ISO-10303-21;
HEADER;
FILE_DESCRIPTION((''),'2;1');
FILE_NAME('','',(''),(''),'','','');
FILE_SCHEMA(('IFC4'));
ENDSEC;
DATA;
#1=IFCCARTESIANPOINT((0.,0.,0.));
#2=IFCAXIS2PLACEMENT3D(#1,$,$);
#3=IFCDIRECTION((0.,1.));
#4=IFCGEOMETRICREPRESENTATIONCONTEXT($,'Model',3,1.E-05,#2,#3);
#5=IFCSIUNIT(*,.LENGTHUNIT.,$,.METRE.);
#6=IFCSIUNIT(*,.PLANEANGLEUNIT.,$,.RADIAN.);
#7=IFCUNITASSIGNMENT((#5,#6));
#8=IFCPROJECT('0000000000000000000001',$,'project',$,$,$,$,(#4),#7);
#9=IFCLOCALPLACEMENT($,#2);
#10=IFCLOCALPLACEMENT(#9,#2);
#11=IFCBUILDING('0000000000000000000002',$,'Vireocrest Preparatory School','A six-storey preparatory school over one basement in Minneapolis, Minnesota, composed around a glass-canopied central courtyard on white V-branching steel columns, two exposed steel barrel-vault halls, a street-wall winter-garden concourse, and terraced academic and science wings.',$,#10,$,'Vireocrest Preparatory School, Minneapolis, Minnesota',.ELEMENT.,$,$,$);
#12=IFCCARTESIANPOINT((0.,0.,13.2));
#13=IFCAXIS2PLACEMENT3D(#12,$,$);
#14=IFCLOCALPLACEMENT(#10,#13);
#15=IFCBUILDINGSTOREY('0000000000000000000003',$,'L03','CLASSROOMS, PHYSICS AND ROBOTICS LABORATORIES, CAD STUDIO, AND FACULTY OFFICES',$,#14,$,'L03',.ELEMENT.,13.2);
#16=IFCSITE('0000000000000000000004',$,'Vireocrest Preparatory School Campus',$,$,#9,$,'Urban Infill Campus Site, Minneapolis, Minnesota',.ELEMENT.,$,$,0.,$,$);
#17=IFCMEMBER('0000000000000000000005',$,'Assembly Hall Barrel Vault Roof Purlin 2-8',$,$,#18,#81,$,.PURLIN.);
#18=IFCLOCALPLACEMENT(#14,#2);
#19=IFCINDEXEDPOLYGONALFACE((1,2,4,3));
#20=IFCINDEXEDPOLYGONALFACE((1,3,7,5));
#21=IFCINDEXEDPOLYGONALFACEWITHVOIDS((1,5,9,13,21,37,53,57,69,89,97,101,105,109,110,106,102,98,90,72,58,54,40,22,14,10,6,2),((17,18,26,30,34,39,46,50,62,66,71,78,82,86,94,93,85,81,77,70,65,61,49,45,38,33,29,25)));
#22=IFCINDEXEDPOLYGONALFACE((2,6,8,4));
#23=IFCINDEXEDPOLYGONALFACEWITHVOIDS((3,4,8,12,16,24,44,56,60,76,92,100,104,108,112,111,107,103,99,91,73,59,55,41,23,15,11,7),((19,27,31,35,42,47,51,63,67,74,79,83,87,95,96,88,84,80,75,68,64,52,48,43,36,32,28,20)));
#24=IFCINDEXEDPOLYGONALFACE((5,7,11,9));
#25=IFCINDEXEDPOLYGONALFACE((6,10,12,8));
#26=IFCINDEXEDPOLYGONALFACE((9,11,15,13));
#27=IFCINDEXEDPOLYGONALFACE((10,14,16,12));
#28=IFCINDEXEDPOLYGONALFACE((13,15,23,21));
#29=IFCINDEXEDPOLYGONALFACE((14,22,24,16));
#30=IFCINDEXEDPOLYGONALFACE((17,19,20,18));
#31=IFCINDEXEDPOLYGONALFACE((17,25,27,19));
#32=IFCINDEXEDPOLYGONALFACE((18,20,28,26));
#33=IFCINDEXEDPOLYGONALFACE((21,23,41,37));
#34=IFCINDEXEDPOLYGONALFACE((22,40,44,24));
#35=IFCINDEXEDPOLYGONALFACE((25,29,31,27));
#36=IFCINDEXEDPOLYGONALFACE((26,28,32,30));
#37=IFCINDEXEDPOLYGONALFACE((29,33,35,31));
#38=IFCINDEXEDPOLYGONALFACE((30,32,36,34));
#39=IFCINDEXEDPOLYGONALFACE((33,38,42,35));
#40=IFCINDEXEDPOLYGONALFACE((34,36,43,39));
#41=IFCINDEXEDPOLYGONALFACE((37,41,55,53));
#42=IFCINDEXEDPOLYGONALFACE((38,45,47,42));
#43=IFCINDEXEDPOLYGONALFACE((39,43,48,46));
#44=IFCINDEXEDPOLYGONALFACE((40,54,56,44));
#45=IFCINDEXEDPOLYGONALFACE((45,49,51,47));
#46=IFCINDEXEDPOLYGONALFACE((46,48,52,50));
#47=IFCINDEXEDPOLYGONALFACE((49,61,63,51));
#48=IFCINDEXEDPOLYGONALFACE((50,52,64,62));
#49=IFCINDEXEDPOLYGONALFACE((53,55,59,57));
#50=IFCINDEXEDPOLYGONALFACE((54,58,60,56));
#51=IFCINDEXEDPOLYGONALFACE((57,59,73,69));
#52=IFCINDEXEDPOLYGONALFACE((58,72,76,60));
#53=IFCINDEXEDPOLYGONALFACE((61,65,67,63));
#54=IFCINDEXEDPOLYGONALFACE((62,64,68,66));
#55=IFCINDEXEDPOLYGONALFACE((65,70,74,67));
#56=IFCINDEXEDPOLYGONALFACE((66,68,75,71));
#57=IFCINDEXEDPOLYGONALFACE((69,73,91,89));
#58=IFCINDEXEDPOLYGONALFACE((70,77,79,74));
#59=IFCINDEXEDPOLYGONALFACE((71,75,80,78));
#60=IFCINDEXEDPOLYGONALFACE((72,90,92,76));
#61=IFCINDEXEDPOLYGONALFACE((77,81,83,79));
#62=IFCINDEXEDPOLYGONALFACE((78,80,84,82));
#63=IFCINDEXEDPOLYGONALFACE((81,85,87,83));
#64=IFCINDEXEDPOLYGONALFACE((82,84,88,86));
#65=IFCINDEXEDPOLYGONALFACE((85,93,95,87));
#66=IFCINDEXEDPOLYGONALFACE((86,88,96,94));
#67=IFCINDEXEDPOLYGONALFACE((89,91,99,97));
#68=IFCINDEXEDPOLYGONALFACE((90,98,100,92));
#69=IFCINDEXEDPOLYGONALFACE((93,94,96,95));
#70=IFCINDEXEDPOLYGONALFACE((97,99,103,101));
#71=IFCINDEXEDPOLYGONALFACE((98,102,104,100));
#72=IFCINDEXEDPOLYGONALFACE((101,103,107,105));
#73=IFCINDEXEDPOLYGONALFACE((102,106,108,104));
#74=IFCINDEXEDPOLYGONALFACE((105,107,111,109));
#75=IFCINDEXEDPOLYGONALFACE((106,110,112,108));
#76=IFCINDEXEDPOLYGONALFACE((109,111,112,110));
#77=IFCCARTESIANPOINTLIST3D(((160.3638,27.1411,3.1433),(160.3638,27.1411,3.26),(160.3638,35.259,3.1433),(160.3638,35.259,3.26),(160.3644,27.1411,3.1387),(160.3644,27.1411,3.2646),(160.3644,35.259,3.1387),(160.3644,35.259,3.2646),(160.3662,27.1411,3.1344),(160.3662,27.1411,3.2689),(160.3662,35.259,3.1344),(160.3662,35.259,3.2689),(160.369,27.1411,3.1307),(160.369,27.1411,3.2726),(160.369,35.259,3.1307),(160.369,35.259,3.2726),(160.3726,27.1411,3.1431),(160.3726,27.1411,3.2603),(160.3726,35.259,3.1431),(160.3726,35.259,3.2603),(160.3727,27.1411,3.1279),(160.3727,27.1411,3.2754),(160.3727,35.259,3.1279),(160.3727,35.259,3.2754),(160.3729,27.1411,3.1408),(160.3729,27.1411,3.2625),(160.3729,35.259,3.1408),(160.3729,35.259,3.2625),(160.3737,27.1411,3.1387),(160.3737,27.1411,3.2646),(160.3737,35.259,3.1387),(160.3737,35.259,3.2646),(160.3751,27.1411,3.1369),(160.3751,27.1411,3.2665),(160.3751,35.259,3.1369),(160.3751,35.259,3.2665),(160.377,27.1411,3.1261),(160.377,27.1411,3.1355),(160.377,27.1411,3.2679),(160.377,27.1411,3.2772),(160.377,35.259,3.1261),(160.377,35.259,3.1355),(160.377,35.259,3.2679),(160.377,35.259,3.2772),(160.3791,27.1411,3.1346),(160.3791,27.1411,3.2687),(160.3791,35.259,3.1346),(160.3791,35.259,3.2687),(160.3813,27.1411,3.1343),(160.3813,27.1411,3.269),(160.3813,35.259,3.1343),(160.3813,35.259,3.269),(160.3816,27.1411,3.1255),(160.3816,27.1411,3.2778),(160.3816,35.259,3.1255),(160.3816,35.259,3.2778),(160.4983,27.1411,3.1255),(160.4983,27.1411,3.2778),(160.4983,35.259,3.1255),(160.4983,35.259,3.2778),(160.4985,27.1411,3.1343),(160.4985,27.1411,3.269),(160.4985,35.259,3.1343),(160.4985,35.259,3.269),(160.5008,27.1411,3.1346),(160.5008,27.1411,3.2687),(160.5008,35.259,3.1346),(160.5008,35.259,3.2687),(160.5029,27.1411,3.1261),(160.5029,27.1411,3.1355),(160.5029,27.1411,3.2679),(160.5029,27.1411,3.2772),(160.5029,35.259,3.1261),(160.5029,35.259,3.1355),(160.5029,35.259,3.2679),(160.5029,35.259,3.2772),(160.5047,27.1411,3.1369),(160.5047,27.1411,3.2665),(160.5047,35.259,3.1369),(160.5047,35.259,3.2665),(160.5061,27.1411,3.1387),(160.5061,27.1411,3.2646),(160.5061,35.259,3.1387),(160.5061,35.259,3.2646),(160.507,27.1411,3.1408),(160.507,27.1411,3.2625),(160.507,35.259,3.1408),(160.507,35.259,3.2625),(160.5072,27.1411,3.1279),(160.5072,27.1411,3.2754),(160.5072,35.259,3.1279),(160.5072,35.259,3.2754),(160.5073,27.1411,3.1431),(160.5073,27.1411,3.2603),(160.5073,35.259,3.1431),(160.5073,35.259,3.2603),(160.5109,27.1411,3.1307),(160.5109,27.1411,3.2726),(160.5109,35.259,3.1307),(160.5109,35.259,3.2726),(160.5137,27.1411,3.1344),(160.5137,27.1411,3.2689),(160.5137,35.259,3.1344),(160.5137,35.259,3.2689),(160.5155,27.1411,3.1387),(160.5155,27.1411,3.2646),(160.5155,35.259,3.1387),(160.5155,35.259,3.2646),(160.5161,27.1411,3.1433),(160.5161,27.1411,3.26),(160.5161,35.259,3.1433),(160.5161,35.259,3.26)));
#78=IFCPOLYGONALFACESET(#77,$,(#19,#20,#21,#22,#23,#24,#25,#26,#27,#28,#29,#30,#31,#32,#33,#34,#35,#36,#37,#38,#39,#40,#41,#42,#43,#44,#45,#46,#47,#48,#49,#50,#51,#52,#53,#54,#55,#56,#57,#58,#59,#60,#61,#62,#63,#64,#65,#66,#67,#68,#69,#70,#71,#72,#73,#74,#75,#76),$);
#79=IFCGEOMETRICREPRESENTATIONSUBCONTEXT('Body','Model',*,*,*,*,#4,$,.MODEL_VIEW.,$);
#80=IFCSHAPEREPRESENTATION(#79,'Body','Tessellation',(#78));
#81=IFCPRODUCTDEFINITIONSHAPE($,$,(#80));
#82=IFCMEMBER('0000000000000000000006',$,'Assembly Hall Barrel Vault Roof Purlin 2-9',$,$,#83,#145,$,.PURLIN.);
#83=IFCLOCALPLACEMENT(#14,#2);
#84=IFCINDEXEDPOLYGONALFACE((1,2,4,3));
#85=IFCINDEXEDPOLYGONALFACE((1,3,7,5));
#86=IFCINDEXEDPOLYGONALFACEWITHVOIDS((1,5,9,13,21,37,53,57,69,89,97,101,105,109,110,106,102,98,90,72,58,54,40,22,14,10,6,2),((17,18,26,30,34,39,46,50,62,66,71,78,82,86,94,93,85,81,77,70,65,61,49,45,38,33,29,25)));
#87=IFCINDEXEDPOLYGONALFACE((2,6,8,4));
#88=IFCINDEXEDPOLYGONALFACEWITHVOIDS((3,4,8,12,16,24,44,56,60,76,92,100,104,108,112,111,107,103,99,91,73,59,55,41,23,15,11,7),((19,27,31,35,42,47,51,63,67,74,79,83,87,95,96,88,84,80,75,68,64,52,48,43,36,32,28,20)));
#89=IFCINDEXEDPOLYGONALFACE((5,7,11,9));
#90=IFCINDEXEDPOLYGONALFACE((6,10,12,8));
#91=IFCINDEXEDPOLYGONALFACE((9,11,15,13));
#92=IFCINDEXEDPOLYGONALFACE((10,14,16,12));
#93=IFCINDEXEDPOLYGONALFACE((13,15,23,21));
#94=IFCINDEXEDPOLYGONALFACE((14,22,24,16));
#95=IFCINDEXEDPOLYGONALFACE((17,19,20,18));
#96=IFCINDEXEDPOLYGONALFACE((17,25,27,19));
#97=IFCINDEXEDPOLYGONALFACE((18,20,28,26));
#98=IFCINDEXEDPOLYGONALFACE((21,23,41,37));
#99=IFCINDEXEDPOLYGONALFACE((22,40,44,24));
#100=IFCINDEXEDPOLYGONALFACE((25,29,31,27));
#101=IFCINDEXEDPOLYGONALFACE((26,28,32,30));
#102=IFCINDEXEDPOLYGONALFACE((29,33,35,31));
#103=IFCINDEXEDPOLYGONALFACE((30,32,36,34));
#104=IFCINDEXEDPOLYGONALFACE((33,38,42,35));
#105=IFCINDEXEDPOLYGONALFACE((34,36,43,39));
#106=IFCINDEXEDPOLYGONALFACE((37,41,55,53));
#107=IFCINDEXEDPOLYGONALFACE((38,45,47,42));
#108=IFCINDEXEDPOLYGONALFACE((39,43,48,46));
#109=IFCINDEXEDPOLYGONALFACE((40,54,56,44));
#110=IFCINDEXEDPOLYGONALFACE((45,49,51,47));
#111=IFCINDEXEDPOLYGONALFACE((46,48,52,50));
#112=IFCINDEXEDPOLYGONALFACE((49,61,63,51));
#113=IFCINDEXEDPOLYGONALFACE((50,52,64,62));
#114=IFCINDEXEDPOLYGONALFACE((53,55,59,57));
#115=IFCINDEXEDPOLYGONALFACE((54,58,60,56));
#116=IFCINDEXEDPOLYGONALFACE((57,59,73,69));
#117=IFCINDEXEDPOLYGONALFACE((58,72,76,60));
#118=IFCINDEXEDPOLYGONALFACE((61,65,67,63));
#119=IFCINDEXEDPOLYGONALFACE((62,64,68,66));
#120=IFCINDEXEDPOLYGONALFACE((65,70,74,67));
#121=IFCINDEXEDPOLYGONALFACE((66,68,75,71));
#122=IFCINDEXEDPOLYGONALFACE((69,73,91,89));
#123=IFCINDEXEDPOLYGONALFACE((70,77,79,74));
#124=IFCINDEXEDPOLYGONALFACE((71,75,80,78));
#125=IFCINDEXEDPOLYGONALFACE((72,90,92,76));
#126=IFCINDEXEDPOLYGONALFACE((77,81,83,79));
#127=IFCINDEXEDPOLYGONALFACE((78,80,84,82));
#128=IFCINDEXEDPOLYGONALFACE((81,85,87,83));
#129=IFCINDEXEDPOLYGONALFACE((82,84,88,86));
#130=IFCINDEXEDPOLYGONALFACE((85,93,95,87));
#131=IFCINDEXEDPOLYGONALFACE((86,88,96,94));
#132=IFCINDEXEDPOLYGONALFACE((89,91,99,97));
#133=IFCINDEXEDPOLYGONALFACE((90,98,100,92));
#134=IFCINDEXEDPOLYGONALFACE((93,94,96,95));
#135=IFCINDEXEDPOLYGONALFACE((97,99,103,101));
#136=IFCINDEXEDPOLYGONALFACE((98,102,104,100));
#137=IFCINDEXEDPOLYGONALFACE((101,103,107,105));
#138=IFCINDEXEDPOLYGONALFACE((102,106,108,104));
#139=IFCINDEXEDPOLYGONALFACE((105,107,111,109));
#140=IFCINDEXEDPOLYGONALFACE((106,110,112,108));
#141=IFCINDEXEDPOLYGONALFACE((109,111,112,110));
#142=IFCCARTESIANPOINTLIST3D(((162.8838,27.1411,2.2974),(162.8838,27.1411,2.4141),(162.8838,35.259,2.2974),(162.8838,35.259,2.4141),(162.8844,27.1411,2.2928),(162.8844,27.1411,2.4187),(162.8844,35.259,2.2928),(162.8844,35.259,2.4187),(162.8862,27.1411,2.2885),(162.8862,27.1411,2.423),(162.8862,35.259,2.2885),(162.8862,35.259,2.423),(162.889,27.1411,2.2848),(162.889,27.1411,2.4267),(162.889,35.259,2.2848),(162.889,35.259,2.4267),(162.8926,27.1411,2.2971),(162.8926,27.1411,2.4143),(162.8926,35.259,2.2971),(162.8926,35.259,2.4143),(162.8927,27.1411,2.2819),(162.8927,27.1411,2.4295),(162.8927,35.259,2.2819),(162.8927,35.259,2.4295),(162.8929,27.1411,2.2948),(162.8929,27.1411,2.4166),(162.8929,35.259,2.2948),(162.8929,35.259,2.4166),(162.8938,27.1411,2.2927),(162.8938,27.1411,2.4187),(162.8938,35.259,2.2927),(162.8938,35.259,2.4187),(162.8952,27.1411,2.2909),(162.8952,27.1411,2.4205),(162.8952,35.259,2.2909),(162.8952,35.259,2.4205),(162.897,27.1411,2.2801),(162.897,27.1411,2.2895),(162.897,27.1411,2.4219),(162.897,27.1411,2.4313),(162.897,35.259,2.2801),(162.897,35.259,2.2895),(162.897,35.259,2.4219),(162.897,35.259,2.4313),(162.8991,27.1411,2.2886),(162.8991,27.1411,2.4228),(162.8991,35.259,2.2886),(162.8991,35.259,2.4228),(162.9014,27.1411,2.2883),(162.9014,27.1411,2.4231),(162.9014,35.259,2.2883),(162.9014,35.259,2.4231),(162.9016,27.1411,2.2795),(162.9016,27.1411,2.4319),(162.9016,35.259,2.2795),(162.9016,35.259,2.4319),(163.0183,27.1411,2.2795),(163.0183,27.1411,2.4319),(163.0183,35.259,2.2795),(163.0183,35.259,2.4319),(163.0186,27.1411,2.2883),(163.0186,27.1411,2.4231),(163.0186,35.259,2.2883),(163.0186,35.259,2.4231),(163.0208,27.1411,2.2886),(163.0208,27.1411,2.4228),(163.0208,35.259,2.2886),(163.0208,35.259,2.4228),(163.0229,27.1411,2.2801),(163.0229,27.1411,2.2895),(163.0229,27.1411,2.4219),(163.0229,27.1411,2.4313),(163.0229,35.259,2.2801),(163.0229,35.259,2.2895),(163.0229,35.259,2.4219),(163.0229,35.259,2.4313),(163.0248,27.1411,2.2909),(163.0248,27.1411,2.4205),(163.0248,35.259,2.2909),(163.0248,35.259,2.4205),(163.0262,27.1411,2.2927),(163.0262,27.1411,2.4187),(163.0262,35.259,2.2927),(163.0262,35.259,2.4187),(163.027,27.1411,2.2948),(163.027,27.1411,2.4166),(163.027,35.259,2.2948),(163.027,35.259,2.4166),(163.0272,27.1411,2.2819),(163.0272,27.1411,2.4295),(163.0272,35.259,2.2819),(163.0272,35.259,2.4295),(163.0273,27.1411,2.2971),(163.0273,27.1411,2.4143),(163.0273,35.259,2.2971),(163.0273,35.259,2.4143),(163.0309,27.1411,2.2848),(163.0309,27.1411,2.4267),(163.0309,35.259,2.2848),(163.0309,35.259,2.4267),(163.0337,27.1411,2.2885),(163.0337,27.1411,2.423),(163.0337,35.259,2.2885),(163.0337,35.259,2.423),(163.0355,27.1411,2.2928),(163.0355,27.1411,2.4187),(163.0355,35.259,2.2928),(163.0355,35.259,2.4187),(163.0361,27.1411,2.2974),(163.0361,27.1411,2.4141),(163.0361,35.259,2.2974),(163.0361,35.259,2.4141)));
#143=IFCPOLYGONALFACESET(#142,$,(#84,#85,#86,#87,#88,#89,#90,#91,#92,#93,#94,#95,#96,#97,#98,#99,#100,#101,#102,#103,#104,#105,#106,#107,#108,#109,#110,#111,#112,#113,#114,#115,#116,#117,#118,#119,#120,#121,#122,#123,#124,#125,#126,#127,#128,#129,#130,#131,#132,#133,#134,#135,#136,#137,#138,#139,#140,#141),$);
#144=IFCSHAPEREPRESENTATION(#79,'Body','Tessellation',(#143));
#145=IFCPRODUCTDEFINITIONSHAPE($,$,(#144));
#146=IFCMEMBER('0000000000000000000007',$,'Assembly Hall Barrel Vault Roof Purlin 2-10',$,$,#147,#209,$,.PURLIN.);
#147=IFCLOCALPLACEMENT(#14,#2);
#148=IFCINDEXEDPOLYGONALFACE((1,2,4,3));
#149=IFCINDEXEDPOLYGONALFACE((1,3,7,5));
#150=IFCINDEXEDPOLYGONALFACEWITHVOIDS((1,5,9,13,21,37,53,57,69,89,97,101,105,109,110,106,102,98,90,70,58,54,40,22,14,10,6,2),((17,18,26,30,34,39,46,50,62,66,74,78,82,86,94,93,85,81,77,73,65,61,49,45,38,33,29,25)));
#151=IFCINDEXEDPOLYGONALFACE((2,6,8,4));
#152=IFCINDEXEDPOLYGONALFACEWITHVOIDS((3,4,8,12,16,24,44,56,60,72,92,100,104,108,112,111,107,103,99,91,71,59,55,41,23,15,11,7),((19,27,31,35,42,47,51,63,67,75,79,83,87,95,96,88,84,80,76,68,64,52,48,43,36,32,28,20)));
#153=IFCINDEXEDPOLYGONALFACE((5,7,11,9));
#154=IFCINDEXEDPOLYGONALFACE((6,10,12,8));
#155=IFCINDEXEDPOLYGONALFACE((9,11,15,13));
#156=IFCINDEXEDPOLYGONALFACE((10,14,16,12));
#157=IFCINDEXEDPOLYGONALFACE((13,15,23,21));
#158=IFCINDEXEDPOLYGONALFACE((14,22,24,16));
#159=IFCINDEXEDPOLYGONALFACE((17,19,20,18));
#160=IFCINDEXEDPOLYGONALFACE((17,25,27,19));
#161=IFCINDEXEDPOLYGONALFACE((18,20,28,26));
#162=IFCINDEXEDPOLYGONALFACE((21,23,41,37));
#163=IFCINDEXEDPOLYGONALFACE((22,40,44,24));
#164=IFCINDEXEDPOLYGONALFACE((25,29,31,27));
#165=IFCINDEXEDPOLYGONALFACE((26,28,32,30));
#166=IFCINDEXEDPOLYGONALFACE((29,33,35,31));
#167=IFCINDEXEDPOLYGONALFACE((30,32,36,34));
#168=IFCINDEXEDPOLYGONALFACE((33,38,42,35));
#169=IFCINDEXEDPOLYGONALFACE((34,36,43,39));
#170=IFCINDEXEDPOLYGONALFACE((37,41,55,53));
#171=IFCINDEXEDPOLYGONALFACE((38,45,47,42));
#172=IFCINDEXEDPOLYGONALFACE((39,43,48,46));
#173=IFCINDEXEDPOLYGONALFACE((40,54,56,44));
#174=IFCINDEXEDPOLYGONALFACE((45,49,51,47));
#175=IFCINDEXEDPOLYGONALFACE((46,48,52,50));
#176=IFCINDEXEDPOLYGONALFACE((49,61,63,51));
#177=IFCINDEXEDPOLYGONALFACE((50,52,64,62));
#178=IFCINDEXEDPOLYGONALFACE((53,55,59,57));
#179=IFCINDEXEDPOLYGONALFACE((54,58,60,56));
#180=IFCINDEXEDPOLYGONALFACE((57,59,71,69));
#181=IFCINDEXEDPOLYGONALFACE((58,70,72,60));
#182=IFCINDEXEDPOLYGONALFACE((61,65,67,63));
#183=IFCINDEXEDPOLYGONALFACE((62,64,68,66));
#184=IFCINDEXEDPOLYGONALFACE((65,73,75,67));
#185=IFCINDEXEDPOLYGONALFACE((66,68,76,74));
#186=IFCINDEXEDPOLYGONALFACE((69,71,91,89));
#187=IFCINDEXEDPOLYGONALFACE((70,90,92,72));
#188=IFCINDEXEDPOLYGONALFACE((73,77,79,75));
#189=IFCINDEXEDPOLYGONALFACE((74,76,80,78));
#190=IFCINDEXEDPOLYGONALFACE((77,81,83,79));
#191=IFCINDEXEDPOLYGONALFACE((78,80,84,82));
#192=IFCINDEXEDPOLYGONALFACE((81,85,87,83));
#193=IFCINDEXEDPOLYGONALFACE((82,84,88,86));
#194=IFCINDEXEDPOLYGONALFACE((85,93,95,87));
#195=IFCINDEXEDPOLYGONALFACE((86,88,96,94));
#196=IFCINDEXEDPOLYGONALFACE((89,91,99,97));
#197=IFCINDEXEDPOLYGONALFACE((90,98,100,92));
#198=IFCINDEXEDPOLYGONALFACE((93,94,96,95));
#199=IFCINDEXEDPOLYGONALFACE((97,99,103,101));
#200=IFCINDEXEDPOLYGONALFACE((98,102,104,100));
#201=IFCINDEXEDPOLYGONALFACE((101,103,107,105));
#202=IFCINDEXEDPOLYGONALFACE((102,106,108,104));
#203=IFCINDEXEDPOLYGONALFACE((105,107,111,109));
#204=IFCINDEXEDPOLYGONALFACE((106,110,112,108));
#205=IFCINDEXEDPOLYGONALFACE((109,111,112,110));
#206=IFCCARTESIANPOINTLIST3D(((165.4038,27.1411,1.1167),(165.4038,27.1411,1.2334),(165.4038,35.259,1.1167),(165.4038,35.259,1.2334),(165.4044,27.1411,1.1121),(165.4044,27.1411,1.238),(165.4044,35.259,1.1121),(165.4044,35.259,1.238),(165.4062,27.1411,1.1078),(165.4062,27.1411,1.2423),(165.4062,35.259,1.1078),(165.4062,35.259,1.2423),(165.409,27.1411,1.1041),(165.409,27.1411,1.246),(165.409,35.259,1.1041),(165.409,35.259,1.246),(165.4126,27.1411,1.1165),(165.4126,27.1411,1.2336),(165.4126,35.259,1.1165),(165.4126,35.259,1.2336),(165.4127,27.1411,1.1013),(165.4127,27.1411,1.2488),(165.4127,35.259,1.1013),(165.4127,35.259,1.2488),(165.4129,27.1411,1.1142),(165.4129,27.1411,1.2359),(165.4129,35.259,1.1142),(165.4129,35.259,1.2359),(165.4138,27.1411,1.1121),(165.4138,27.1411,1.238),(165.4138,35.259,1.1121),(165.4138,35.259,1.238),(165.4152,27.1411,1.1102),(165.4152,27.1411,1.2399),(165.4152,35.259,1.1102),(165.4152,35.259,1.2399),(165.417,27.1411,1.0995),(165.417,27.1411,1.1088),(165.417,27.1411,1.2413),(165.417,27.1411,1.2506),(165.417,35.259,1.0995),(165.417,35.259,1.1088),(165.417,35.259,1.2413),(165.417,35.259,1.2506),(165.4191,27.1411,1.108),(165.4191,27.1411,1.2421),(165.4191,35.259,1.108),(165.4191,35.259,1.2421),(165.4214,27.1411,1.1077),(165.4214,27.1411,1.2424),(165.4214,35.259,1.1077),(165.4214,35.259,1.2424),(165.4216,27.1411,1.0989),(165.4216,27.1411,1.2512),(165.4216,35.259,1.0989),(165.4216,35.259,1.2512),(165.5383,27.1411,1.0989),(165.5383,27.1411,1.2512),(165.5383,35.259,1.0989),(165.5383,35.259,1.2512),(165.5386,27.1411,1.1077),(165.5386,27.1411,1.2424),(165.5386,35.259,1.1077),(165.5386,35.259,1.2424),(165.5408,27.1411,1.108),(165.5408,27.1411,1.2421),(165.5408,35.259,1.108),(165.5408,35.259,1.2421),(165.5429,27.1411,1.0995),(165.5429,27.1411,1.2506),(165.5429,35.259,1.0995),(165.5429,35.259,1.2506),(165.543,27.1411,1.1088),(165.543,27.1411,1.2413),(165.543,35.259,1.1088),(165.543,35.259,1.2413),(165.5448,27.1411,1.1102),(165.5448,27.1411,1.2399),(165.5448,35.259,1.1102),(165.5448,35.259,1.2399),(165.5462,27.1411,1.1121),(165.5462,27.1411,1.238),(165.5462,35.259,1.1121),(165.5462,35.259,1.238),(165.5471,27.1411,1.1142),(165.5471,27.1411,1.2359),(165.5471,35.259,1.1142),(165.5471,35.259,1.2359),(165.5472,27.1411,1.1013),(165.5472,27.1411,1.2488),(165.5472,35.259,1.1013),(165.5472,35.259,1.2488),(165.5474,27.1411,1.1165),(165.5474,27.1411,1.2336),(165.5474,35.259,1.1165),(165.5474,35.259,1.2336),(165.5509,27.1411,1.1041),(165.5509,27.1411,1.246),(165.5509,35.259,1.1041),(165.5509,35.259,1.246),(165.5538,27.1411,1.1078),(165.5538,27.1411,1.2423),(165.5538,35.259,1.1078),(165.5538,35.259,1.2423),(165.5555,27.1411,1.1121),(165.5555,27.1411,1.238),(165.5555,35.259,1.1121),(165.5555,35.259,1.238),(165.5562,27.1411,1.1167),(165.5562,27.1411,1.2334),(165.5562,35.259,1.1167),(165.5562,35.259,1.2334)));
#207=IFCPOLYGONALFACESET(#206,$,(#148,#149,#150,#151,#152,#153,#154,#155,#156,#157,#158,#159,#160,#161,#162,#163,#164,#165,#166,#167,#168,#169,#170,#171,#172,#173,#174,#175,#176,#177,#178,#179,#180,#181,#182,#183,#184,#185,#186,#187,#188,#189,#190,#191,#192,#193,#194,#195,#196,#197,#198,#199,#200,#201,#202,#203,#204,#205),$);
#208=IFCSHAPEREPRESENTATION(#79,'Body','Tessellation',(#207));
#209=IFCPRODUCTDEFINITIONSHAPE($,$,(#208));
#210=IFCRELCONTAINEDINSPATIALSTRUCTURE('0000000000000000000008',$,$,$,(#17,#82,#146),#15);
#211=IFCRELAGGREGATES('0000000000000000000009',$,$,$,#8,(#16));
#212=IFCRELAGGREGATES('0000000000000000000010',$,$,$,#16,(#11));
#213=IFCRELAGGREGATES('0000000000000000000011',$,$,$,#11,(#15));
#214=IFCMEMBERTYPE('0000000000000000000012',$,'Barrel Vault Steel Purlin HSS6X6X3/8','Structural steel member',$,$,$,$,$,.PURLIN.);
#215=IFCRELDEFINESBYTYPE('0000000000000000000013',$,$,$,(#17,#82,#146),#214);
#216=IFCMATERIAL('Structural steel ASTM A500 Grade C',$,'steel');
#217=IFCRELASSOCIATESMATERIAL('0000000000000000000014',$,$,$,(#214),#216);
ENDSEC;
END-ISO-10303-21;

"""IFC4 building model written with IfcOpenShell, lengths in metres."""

from ifc_helpers import new_model, si_unit, direction, frame, origin, origin_2d, place, context, subcontext, project, spatial, hollow_rectangle, extrude, material, material_profile, profile_set, type_object, element, save


model = new_model("IFC4")

# Units and contexts
model_context = context("Model", 3, precision=1e-05, world=origin(), true_north=direction((0.0, 1.0)))
body_context = subcontext(model_context, "Body", "Model", "MODEL_VIEW")
ifc_project = project(units=[si_unit("LENGTHUNIT", "METRE"), si_unit("PLANEANGLEUNIT", "RADIAN")], contexts=[model_context])

# Site, building, storey
site_placement = place(None, origin())
site = spatial("IfcSite", under=ifc_project, at=site_placement, Name="Vireocrest Preparatory School Campus", LongName="Urban Infill Campus Site, Minneapolis, Minnesota", CompositionType="ELEMENT", RefElevation=0.0)
building_placement = place(site_placement, origin())
building = spatial("IfcBuilding", under=site, at=building_placement, Name="Vireocrest Preparatory School", Description="A six-storey preparatory school over one basement in Minneapolis, Minnesota, composed around a glass-canopied central courtyard on white V-branching steel columns, two exposed steel barrel-vault halls, a street-wall winter-garden concourse, and terraced academic and science wings.", LongName="Vireocrest Preparatory School, Minneapolis, Minnesota", CompositionType="ELEMENT")
storey_placement = place(building_placement, frame((0.0, 0.0, 13.2)))
storey = spatial("IfcBuildingStorey", under=building, at=storey_placement, Name="L03", Description="CLASSROOMS, PHYSICS AND ROBOTICS LABORATORIES, CAD STUDIO, AND FACULTY OFFICES", LongName="L03", CompositionType="ELEMENT", Elevation=13.2)

# Members
ifc_material_1 = material(Name="Structural steel ASTM A500 Grade C", Category="steel")
ifc_material_profile_1 = material_profile(ifc_material_1, hollow_rectangle(XDim=0.1523, YDim=0.1523, WallThickness=0.0088, InnerFilletRadius=0.0088, OuterFilletRadius=0.0178, at=origin_2d()), Name="HSS6X6X3/8")
ifc_profile_set_1 = profile_set([ifc_material_profile_1], Name="Structural steel ASTM A500 Grade C")
member_type = type_object("IfcMemberType", Name="Barrel Vault Steel Purlin HSS6X6X3/8", Description="Structural steel member", PredefinedType="PURLIN", material=ifc_profile_set_1)
for number, where, z_axis, x_axis, name in (
    (1, (160.4399, 27.1411, 3.2017), (0.0, 1.0, 0.0), (-1.0, 0.0, 0.0), "Assembly Hall Barrel Vault Roof Purlin 2-8"),
    (2, (162.96, 27.1411, 2.3557), (0.0, 1.0, 0.0), (-1.0, 0.0, 0.0), "Assembly Hall Barrel Vault Roof Purlin 2-9"),
    (3, (165.48, 27.1411, 1.175), (0.0, 1.0, 0.0), (-1.0, 0.0, 0.0), "Assembly Hall Barrel Vault Roof Purlin 2-10"),
):
    element("IfcMember", number, at=place(storey_placement, frame(where, z_axis=z_axis, x_axis=x_axis)), inside=storey, type_object=member_type, Name=name, PredefinedType="PURLIN", context=body_context, shape_type="SweptSolid", body=[
        extrude(hollow_rectangle(XDim=0.1523, YDim=0.1523, WallThickness=0.0088, InnerFilletRadius=0.0088, OuterFilletRadius=0.0178, at=origin_2d()), origin(), (0.0, 0.0, 1.0), 8.1179),
    ])

save(model, "model.ifc")
